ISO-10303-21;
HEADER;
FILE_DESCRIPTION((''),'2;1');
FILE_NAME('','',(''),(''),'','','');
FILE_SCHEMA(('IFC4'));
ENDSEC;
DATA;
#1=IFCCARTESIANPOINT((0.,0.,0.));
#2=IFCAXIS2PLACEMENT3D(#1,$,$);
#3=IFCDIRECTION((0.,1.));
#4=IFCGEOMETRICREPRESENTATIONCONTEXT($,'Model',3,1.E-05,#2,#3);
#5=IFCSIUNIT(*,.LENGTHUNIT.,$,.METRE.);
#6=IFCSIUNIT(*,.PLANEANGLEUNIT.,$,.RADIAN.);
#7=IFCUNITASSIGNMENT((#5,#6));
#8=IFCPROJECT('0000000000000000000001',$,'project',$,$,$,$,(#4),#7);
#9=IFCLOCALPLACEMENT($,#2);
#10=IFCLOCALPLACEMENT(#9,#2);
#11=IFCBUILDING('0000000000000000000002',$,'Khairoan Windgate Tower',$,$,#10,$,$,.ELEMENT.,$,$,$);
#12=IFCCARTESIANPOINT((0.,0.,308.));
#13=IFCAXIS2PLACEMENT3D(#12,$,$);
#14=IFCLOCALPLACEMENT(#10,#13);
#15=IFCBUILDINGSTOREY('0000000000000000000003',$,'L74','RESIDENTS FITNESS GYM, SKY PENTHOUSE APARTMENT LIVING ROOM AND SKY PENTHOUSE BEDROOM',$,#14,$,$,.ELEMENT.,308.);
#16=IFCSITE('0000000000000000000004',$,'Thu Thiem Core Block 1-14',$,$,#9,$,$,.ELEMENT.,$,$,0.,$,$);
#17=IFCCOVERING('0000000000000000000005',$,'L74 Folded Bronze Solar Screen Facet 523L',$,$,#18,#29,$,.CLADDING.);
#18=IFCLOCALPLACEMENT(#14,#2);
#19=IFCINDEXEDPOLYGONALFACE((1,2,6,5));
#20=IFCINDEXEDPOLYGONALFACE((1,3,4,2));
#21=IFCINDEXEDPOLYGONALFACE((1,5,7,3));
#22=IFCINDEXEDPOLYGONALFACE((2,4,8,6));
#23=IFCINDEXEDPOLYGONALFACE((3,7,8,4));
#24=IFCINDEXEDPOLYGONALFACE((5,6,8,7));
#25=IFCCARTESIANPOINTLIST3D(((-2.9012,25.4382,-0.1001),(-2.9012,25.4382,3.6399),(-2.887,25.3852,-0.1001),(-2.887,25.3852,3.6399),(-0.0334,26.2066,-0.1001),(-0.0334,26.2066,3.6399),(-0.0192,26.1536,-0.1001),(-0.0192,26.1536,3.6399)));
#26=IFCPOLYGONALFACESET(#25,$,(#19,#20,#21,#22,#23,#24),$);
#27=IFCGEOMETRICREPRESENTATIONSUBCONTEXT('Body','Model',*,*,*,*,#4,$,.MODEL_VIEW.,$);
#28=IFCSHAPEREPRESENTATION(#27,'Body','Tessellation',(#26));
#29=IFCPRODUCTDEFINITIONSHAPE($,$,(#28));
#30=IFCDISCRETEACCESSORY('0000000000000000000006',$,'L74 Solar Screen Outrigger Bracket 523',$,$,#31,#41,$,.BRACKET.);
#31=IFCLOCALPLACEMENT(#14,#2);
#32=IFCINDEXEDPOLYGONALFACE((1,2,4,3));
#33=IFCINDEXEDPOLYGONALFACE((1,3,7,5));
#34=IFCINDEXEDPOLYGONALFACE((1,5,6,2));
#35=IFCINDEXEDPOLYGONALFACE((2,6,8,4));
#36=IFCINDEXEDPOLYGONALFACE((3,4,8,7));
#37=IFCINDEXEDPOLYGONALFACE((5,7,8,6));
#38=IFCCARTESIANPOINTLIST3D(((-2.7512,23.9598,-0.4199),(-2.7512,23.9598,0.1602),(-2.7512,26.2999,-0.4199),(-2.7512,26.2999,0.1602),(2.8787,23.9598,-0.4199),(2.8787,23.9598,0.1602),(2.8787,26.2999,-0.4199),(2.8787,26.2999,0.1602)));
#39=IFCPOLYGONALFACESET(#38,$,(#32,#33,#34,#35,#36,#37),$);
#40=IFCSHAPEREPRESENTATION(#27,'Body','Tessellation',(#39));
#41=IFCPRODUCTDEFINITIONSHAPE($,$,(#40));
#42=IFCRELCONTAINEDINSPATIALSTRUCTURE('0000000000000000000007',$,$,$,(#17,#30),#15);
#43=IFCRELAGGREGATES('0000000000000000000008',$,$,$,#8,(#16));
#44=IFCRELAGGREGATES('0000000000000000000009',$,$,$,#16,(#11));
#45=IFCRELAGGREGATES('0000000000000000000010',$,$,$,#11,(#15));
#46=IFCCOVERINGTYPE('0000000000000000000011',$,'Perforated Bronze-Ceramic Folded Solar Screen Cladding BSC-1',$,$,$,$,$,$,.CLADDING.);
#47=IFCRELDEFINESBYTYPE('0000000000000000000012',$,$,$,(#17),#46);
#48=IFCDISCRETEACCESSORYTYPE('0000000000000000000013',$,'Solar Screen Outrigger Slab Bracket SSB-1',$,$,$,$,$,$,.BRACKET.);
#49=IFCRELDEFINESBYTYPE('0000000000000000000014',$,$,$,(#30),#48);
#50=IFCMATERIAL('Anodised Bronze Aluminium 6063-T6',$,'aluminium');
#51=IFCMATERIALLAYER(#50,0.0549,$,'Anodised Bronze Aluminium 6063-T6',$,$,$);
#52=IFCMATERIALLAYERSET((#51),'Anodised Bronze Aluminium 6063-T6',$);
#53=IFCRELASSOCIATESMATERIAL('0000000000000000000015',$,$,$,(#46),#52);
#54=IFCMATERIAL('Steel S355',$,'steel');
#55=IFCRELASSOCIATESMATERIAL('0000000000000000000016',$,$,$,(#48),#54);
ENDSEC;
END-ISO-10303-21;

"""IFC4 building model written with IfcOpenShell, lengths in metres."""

from ifc_helpers import new_model, si_unit, direction, frame, origin, origin_2d, place, context, subcontext, project, spatial, rectangle, extrude, material, layer, layer_set, type_object, element, save


model = new_model("IFC4")

# Units and contexts
model_context = context("Model", 3, precision=1e-05, world=origin(), true_north=direction((0.0, 1.0)))
body_context = subcontext(model_context, "Body", "Model", "MODEL_VIEW")
ifc_project = project(units=[si_unit("LENGTHUNIT", "METRE"), si_unit("PLANEANGLEUNIT", "RADIAN")], contexts=[model_context])

# Site, building, storey
site_placement = place(None, origin())
site = spatial("IfcSite", under=ifc_project, at=site_placement, Name="Thu Thiem Core Block 1-14", CompositionType="ELEMENT", RefElevation=0.0)
building_placement = place(site_placement, origin())
building = spatial("IfcBuilding", under=site, at=building_placement, Name="Khairoan Windgate Tower", CompositionType="ELEMENT")
storey_placement = place(building_placement, frame((0.0, 0.0, 308.0)))
storey = spatial("IfcBuildingStorey", under=building, at=storey_placement, Name="L74", Description="RESIDENTS FITNESS GYM, SKY PENTHOUSE APARTMENT LIVING ROOM AND SKY PENTHOUSE BEDROOM", CompositionType="ELEMENT", Elevation=308.0)

# Covering
ifc_material_1 = material(Name="Anodised Bronze Aluminium 6063-T6", Category="aluminium")
ifc_layer_1 = layer(ifc_material_1, 0.0549, Name="Anodised Bronze Aluminium 6063-T6")
ifc_layer_set_1 = layer_set([ifc_layer_1], Name="Anodised Bronze Aluminium 6063-T6")
covering_type = type_object("IfcCoveringType", Name="Perforated Bronze-Ceramic Folded Solar Screen Cladding BSC-1", PredefinedType="CLADDING", material=ifc_layer_set_1)
covering_placement = place(storey_placement, frame((-1.4602, 25.7959, -0.1001), z_axis=(0.0, 0.0, 1.0), x_axis=(0.965926, 0.258819, 0.0)))
element("IfcCovering", 1, at=covering_placement, inside=storey, type_object=covering_type, Name="L74 Folded Bronze Solar Screen Facet 523L", PredefinedType="CLADDING", context=body_context, shape_type="SweptSolid", body=[
    extrude(rectangle(XDim=2.969, YDim=0.0549, at=origin_2d()), origin(), (0.0, 0.0, 1.0), 3.74),
])

# Discrete accessory
ifc_material_2 = material(Name="Steel S355", Category="steel")
discrete_accessory_type = type_object("IfcDiscreteAccessoryType", Name="Solar Screen Outrigger Slab Bracket SSB-1", PredefinedType="BRACKET", material=ifc_material_2)
discrete_accessory_placement = place(storey_placement, frame((0.0637, 25.1299, -0.4199), z_axis=(0.0, 0.0, 1.0), x_axis=(1.0, 0.0, 0.0)))
element("IfcDiscreteAccessory", 2, at=discrete_accessory_placement, inside=storey, type_object=discrete_accessory_type, Name="L74 Solar Screen Outrigger Bracket 523", PredefinedType="BRACKET", context=body_context, shape_type="SweptSolid", body=[
    extrude(rectangle(XDim=5.6299, YDim=2.3401, at=origin_2d()), origin(), (0.0, 0.0, 1.0), 0.5801),
])

save(model, "model.ifc")
